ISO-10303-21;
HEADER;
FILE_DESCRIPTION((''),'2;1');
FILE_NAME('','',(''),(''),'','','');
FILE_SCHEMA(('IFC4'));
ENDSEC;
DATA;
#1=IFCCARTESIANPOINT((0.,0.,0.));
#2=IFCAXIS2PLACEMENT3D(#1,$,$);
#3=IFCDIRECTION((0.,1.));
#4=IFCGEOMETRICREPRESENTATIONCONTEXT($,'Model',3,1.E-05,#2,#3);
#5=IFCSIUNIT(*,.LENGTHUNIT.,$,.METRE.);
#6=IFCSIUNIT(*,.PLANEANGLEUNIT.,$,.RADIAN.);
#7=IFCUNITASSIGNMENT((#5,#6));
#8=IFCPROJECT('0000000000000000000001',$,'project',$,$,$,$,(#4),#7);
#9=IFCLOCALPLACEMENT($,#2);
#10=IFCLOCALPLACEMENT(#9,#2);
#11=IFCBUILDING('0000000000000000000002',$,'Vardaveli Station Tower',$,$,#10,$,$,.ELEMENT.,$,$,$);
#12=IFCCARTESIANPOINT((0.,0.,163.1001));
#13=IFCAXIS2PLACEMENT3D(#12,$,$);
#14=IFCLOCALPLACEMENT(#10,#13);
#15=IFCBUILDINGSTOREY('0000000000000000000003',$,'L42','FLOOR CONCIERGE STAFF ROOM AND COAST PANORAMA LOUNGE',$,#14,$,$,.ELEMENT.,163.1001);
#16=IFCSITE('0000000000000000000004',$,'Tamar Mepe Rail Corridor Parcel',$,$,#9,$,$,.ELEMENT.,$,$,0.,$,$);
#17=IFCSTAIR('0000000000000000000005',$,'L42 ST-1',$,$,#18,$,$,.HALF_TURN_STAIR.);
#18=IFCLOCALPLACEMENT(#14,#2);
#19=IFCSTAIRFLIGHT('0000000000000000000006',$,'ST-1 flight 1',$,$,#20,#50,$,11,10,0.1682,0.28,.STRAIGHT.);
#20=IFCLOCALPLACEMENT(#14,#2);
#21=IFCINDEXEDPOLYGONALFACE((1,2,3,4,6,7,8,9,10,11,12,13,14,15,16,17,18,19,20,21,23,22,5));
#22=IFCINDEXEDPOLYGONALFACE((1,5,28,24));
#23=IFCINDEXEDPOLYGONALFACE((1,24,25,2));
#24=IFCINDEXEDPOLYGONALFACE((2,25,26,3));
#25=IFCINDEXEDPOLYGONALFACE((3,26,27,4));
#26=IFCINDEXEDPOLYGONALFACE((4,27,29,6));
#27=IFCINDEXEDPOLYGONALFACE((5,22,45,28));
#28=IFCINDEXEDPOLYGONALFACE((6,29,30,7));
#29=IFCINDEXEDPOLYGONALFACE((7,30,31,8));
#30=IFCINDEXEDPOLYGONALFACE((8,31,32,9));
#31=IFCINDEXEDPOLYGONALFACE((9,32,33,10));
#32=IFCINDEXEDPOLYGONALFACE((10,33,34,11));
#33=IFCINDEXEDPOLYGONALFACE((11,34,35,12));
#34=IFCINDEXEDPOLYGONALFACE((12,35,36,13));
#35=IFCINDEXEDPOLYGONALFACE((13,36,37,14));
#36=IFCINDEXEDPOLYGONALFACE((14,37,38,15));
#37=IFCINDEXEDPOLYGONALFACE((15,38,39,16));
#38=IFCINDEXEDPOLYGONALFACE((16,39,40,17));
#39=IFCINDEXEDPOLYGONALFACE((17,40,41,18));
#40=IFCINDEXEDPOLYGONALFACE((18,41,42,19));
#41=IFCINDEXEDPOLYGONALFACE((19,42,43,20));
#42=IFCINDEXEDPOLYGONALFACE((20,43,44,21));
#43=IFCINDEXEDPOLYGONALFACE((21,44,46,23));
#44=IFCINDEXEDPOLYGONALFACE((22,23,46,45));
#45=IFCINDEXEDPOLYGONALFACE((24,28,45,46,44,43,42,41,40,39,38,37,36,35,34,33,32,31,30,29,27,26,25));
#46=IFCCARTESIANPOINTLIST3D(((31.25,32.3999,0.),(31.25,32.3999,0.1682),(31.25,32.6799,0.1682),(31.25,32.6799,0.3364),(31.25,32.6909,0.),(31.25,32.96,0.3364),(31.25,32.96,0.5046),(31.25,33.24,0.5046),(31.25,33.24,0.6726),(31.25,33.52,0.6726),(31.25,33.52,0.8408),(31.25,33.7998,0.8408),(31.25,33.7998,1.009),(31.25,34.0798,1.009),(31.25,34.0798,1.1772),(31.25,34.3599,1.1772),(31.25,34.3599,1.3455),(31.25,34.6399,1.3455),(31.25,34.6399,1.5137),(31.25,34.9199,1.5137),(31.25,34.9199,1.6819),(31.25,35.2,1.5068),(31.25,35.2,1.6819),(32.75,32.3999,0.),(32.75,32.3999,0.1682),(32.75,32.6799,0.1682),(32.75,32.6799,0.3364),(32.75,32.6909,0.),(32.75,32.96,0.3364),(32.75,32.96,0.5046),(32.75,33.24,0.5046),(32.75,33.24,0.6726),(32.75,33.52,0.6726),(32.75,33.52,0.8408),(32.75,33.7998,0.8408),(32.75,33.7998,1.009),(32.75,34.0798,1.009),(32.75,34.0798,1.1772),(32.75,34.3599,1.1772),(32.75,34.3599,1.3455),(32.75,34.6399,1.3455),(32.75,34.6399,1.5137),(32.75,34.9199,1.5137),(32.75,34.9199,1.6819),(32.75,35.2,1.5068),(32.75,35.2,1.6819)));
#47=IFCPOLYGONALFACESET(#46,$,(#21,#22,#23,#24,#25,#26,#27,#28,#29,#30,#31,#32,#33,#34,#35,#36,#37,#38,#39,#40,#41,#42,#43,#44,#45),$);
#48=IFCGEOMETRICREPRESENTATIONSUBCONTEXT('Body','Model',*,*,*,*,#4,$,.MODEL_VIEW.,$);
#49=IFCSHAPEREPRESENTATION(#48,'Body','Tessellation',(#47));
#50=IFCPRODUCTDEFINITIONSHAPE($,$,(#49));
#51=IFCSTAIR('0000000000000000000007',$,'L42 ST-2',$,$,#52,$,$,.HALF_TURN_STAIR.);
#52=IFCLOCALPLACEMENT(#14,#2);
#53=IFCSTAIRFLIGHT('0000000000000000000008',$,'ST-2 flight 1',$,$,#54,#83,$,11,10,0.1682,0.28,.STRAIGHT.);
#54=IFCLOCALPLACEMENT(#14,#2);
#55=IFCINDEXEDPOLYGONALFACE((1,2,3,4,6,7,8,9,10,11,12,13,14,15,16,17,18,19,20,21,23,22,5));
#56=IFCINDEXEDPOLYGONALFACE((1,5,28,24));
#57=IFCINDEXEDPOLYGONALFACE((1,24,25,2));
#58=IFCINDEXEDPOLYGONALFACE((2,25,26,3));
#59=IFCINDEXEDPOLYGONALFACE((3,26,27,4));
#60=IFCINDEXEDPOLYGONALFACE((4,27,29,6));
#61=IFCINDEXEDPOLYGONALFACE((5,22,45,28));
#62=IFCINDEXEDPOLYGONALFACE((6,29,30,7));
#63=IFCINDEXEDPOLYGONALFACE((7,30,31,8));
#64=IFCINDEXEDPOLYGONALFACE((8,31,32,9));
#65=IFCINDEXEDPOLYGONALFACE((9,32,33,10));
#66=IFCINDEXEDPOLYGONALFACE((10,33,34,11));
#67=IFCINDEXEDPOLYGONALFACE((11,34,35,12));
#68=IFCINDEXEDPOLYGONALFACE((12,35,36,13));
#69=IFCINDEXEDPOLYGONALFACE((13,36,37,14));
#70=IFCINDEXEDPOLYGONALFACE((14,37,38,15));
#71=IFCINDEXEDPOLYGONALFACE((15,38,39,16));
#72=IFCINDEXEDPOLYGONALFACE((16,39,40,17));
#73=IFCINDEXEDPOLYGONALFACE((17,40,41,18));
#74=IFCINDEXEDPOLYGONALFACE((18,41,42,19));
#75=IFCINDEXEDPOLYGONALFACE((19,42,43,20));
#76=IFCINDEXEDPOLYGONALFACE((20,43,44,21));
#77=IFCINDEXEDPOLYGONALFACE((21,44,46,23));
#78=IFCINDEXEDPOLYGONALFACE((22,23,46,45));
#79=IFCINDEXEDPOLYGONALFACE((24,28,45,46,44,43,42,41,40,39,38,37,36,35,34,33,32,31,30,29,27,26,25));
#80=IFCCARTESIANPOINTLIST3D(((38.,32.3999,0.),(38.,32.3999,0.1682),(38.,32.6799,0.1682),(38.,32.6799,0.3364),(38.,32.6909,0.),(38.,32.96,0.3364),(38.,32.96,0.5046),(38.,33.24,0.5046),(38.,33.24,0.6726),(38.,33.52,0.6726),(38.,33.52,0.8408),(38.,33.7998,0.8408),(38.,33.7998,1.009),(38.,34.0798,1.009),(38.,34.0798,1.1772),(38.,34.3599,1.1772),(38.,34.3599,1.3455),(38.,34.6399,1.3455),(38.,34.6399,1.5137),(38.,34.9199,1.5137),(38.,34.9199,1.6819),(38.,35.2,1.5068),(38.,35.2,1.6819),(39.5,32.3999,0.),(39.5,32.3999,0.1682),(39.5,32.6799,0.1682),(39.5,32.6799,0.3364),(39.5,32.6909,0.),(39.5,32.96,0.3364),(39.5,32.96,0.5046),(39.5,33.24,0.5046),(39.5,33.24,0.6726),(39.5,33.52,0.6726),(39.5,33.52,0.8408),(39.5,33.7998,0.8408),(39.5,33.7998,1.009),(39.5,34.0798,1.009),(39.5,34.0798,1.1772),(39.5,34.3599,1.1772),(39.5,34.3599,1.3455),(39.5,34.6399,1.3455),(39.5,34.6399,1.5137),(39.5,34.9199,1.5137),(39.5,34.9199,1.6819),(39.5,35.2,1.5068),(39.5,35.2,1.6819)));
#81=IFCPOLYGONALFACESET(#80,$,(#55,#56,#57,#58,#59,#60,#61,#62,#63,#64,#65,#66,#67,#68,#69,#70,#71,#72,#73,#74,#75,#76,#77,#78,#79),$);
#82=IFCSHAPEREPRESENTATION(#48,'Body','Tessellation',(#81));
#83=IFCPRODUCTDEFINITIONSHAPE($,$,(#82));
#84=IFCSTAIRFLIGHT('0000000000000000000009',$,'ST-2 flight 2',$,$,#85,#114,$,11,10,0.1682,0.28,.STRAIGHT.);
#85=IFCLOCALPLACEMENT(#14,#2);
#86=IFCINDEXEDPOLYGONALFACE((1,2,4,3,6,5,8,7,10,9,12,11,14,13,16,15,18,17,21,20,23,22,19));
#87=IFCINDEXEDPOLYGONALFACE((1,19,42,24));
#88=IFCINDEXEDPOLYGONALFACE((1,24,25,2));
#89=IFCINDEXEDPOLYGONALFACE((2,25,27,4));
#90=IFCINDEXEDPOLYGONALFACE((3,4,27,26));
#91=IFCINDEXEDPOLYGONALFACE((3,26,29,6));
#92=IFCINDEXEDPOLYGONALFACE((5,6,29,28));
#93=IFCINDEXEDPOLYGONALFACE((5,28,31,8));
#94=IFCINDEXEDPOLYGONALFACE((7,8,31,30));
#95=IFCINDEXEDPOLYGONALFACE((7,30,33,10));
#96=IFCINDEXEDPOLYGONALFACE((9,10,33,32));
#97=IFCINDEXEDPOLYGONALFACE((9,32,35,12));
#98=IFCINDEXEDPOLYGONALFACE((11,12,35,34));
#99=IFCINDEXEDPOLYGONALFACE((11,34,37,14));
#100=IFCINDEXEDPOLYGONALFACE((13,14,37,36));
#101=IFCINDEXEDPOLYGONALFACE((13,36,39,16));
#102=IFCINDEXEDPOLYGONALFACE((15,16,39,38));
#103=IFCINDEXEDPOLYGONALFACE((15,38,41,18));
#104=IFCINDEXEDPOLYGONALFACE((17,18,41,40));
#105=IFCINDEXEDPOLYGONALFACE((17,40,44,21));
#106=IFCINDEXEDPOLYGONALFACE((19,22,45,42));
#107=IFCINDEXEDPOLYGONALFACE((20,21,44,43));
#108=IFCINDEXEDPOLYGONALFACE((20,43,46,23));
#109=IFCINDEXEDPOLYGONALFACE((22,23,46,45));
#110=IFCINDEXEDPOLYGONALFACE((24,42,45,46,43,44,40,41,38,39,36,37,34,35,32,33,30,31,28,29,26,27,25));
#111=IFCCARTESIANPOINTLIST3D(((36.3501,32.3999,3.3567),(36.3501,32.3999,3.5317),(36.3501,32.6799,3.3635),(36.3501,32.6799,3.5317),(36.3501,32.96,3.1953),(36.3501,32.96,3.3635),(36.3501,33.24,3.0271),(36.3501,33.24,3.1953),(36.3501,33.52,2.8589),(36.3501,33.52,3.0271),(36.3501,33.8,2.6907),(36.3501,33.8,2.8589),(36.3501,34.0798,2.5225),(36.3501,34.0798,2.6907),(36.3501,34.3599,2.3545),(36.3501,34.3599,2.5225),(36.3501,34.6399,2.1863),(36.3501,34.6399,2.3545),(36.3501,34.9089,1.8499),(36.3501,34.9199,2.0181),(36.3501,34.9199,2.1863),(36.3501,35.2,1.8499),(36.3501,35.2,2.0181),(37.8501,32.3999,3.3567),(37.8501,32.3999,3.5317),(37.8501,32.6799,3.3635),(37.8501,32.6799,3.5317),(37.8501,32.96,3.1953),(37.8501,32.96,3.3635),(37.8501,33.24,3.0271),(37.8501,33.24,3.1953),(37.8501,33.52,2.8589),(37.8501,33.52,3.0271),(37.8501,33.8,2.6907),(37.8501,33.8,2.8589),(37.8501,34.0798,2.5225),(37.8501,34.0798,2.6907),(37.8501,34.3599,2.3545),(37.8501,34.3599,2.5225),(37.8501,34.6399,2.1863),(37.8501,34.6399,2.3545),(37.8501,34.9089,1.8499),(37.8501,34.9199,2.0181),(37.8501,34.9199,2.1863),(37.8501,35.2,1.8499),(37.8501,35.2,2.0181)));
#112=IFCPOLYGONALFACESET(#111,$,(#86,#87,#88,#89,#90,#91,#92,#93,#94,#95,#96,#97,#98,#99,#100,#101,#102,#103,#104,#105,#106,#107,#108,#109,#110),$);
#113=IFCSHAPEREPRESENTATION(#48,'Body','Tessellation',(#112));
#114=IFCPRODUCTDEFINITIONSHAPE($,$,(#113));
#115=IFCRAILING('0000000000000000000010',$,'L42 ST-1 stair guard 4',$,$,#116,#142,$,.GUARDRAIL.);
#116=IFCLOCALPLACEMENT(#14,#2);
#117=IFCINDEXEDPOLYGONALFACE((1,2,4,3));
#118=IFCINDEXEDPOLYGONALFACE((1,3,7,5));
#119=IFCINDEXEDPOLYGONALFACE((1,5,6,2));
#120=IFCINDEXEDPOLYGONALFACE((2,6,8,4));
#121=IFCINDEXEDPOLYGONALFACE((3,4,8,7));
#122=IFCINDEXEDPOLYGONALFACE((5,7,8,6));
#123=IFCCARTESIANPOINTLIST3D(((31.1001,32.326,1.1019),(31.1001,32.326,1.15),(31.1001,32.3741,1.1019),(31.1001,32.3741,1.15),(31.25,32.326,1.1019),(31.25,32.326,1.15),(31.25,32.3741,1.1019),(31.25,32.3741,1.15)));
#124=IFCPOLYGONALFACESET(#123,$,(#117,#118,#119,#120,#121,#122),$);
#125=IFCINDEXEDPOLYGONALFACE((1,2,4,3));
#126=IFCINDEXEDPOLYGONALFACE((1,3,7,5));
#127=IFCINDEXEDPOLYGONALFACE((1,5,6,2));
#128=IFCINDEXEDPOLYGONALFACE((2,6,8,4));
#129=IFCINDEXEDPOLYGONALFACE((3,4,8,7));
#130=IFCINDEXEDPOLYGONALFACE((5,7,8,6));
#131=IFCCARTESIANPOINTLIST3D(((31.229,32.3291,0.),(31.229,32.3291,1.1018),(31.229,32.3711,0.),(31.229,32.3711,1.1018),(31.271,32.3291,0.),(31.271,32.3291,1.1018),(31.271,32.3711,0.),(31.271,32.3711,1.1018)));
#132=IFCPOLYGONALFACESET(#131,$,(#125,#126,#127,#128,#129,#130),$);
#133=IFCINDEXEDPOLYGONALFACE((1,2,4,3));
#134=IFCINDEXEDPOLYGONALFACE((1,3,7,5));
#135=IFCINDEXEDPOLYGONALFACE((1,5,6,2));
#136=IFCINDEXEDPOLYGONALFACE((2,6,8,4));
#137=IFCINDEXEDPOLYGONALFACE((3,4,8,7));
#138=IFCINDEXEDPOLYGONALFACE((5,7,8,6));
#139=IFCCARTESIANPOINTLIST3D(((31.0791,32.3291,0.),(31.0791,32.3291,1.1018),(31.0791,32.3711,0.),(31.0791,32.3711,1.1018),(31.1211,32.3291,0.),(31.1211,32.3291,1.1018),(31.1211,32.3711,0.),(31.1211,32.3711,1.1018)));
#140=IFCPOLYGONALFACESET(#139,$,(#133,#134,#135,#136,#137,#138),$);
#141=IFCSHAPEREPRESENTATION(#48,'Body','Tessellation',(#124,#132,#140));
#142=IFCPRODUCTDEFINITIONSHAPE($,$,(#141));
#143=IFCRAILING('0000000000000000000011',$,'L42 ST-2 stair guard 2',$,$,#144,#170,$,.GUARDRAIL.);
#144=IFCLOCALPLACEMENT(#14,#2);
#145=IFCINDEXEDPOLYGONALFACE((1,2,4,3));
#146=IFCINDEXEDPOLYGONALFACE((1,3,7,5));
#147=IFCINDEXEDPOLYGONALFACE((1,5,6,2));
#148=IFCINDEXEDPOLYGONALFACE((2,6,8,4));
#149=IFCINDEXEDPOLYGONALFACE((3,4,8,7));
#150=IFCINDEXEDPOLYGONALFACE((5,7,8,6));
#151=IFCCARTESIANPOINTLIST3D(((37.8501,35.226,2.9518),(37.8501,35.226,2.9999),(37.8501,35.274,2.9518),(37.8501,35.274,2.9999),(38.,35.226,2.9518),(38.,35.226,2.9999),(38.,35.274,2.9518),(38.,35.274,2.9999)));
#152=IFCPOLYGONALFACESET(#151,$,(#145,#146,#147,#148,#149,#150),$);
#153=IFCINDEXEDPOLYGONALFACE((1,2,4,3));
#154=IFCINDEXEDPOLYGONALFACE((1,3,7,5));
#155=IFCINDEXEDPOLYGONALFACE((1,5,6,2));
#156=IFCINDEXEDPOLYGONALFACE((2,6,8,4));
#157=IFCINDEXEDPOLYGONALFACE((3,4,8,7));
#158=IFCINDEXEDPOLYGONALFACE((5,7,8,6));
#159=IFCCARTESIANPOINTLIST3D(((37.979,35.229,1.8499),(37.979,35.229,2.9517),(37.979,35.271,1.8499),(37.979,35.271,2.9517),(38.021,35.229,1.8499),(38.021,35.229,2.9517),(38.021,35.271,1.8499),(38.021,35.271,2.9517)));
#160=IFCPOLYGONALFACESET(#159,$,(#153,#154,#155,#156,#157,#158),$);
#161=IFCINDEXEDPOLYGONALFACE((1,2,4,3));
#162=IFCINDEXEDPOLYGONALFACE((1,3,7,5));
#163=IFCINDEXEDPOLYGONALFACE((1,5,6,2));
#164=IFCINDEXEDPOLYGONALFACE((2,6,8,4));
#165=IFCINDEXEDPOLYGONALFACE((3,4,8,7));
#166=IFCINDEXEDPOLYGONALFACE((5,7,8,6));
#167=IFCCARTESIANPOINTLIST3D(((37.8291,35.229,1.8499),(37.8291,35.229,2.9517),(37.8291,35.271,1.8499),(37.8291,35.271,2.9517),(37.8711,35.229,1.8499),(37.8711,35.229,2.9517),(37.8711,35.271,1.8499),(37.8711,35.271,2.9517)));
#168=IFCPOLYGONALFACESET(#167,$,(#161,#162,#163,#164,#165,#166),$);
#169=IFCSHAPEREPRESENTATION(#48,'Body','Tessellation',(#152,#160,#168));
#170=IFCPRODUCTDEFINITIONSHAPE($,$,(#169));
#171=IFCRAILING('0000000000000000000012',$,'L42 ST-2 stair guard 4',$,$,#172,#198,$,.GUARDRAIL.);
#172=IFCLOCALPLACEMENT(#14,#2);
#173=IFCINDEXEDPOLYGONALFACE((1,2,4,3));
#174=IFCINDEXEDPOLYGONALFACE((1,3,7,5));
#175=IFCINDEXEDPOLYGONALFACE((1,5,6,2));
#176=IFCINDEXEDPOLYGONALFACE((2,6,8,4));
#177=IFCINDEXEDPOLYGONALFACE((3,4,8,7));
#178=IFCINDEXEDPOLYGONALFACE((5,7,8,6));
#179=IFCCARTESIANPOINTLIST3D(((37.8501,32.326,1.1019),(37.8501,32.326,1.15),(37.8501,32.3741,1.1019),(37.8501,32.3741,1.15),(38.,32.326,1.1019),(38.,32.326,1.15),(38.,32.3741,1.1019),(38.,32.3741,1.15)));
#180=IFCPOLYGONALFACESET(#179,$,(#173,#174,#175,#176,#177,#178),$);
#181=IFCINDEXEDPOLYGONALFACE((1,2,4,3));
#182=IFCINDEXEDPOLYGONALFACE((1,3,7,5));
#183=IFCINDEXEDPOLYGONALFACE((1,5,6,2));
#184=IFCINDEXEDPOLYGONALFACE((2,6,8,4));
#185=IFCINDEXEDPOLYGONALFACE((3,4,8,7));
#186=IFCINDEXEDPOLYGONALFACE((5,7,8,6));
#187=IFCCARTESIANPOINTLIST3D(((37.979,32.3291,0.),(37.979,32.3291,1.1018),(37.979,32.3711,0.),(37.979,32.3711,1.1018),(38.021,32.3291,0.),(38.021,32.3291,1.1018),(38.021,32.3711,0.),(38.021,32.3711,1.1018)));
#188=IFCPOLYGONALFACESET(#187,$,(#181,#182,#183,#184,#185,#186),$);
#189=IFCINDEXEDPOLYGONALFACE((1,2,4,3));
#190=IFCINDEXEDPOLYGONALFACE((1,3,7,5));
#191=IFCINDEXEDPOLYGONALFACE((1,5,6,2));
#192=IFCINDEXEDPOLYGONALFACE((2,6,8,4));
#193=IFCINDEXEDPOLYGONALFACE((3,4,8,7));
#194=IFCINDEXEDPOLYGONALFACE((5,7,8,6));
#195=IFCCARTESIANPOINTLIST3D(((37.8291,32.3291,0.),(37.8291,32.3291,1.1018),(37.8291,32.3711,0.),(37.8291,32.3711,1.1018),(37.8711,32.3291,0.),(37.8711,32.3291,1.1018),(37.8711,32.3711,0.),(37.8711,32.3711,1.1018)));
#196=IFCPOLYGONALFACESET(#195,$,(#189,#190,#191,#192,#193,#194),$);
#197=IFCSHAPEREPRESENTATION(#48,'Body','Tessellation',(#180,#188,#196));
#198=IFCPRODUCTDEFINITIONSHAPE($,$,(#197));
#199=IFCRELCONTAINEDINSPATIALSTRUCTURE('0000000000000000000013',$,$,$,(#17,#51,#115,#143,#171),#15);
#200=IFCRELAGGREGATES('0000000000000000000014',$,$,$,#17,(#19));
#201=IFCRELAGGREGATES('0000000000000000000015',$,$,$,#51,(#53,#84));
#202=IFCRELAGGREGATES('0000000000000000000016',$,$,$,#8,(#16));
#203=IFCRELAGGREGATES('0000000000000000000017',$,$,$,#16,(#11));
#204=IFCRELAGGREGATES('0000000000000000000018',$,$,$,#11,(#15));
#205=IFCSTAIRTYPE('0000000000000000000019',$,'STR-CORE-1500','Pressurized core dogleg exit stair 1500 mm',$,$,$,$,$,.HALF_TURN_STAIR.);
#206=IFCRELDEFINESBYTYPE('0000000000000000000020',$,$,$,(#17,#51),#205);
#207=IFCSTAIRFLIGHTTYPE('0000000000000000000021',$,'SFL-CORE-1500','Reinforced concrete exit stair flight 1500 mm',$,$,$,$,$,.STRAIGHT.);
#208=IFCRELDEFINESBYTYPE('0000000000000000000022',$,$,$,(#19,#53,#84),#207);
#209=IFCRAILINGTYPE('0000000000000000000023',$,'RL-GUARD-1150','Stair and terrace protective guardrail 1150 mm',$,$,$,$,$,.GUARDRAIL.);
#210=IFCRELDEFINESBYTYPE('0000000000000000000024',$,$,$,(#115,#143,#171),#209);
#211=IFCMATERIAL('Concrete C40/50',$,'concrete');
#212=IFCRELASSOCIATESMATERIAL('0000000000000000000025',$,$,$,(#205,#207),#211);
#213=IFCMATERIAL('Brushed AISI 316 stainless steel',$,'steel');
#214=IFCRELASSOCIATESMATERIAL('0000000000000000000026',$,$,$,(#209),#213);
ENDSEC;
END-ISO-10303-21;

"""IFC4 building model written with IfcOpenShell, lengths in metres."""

from ifc_helpers import new_model, si_unit, direction, frame, origin, origin_2d, place, context, subcontext, project, spatial, polyline, rectangle, outline, extrude, source, transform, mapped, material, type_object, element, aggregate, save


model = new_model("IFC4")

# Units and contexts
model_context = context("Model", 3, precision=1e-05, world=origin(), true_north=direction((0.0, 1.0)))
body_context = subcontext(model_context, "Body", "Model", "MODEL_VIEW")
ifc_project = project(units=[si_unit("LENGTHUNIT", "METRE"), si_unit("PLANEANGLEUNIT", "RADIAN")], contexts=[model_context])

# Site, building, storey
site_placement = place(None, origin())
site = spatial("IfcSite", under=ifc_project, at=site_placement, Name="Tamar Mepe Rail Corridor Parcel", CompositionType="ELEMENT", RefElevation=0.0)
building_placement = place(site_placement, origin())
building = spatial("IfcBuilding", under=site, at=building_placement, Name="Vardaveli Station Tower", CompositionType="ELEMENT")
storey_placement = place(building_placement, frame((0.0, 0.0, 163.1001)))
storey = spatial("IfcBuildingStorey", under=building, at=storey_placement, Name="L42", Description="FLOOR CONCIERGE STAFF ROOM AND COAST PANORAMA LOUNGE", CompositionType="ELEMENT", Elevation=163.1001)

# Shared definitions
ifc_material_1 = material(Name="Concrete C40/50", Category="concrete")

# Stair, stair flight
stair_type = type_object("IfcStairType", Name="STR-CORE-1500", Description="Pressurized core dogleg exit stair 1500 mm", PredefinedType="HALF_TURN_STAIR", material=ifc_material_1)
stair_1_placement = place(storey_placement, origin())
stair_1 = element("IfcStair", 1, at=stair_1_placement, inside=storey, type_object=stair_type, Name="L42 ST-1", PredefinedType="HALF_TURN_STAIR")
stair_flight_type = type_object("IfcStairFlightType", Name="SFL-CORE-1500", Description="Reinforced concrete exit stair flight 1500 mm", PredefinedType="STRAIGHT", material=ifc_material_1)
shared_shape_1 = source(origin(), body_context, "Body", "SweptSolid", [
    extrude(outline(polyline([(0.0, 0.0), (0.0, 0.1682), (0.28, 0.1682), (0.28, 0.3364), (0.5601, 0.3364), (0.5601, 0.5046), (0.8401, 0.5046), (0.8401, 0.6726), (1.1201, 0.6726), (1.1201, 0.8408), (1.3999, 0.8408), (1.3999, 1.009), (1.6799, 1.009), (1.6799, 1.1772), (1.96, 1.1772), (1.96, 1.3455), (2.24, 1.3455), (2.24, 1.5137), (2.52, 1.5137), (2.52, 1.6819), (2.8, 1.6819), (2.8, 1.8501), (2.8, 1.5068), (0.291, 0.0), (0.0, 0.0)])), frame((0.0, 0.75, 0.0), z_axis=(0.0, -1.0, 0.0), x_axis=(1.0, 0.0, 0.0)), (0.0, 0.0, 1.0), 1.5),
])
stair_flight_1_placement = place(storey_placement, frame((32.0, 32.3999, 0.0), z_axis=(0.0, 0.0, 1.0), x_axis=(0.0, 1.0, 0.0)))
stair_flight_1 = element("IfcStairFlight", 2, at=stair_flight_1_placement, type_object=stair_flight_type, Name="ST-1 flight 1", NumberOfRisers=11, NumberOfTreads=10, PredefinedType="STRAIGHT", RiserHeight=0.1682, TreadLength=0.28, context=body_context, shape_type="MappedRepresentation", body=[
    mapped(shared_shape_1, transform((0.0, 0.0, 0.0), scale=1.0)),
])
aggregate(stair_1, [stair_flight_1])

# Stair, stair flights
stair_2_placement = place(storey_placement, origin())
stair_2 = element("IfcStair", 3, at=stair_2_placement, inside=storey, type_object=stair_type, Name="L42 ST-2", PredefinedType="HALF_TURN_STAIR")
stair_flight_2_placement = place(storey_placement, frame((38.75, 32.3999, 0.0), z_axis=(0.0, 0.0, 1.0), x_axis=(0.0, 1.0, 0.0)))
stair_flight_2 = element("IfcStairFlight", 4, at=stair_flight_2_placement, type_object=stair_flight_type, Name="ST-2 flight 1", NumberOfRisers=11, NumberOfTreads=10, PredefinedType="STRAIGHT", RiserHeight=0.1682, TreadLength=0.28, context=body_context, shape_type="MappedRepresentation", body=[
    mapped(shared_shape_1, transform((0.0, 0.0, 0.0), scale=1.0)),
])
stair_flight_3_placement = place(storey_placement, frame((37.1001, 35.2, 1.8499), z_axis=(0.0, 0.0, 1.0), x_axis=(0.0, -1.0, 0.0)))
stair_flight_3 = element("IfcStairFlight", 5, at=stair_flight_3_placement, type_object=stair_flight_type, Name="ST-2 flight 2", NumberOfRisers=11, NumberOfTreads=10, PredefinedType="STRAIGHT", RiserHeight=0.1682, TreadLength=0.28, context=body_context, shape_type="MappedRepresentation", body=[
    mapped(shared_shape_1, transform((0.0, 0.0, 0.0), scale=1.0)),
])
aggregate(stair_2, [stair_flight_2, stair_flight_3])

# Railings
ifc_material_2 = material(Name="Brushed AISI 316 stainless steel", Category="steel")
railing_type_1 = type_object("IfcRailingType", Name="RL-GUARD-1150", Description="Stair and terrace protective guardrail 1150 mm", PredefinedType="GUARDRAIL", material=ifc_material_2)
shared_shape_2 = source(origin(), body_context, "Body", "SweptSolid", [
    extrude(rectangle(XDim=0.0481, YDim=0.0481, at=origin_2d()), frame((0.0, 0.0, 1.126), z_axis=(-1.0, 0.0, 0.0), x_axis=(0.0, -1.0, 0.0)), (0.0, 0.0, 1.0), 0.1499),
    extrude(rectangle(XDim=0.042, YDim=0.042, at=origin_2d()), origin(), (0.0, 0.0, 1.0), 1.1018),
    extrude(rectangle(XDim=0.042, YDim=0.042, at=origin_2d()), frame((-0.1499, 0.0, 0.0)), (0.0, 0.0, 1.0), 1.1018),
])
for number, where, name in (
    (6, (31.25, 32.3501, 0.0), "L42 ST-1 stair guard 4"),
    (7, (38.0, 35.25, 1.8499), "L42 ST-2 stair guard 2"),
    (8, (38.0, 32.3501, 0.0), "L42 ST-2 stair guard 4"),
):
    element("IfcRailing", number, at=place(storey_placement, frame(where)), inside=storey, type_object=railing_type_1, Name=name, PredefinedType="GUARDRAIL", context=body_context, shape_type="MappedRepresentation", body=[
        mapped(shared_shape_2, transform((0.0, 0.0, 0.0), scale=1.0)),
    ])

save(model, "model.ifc")
